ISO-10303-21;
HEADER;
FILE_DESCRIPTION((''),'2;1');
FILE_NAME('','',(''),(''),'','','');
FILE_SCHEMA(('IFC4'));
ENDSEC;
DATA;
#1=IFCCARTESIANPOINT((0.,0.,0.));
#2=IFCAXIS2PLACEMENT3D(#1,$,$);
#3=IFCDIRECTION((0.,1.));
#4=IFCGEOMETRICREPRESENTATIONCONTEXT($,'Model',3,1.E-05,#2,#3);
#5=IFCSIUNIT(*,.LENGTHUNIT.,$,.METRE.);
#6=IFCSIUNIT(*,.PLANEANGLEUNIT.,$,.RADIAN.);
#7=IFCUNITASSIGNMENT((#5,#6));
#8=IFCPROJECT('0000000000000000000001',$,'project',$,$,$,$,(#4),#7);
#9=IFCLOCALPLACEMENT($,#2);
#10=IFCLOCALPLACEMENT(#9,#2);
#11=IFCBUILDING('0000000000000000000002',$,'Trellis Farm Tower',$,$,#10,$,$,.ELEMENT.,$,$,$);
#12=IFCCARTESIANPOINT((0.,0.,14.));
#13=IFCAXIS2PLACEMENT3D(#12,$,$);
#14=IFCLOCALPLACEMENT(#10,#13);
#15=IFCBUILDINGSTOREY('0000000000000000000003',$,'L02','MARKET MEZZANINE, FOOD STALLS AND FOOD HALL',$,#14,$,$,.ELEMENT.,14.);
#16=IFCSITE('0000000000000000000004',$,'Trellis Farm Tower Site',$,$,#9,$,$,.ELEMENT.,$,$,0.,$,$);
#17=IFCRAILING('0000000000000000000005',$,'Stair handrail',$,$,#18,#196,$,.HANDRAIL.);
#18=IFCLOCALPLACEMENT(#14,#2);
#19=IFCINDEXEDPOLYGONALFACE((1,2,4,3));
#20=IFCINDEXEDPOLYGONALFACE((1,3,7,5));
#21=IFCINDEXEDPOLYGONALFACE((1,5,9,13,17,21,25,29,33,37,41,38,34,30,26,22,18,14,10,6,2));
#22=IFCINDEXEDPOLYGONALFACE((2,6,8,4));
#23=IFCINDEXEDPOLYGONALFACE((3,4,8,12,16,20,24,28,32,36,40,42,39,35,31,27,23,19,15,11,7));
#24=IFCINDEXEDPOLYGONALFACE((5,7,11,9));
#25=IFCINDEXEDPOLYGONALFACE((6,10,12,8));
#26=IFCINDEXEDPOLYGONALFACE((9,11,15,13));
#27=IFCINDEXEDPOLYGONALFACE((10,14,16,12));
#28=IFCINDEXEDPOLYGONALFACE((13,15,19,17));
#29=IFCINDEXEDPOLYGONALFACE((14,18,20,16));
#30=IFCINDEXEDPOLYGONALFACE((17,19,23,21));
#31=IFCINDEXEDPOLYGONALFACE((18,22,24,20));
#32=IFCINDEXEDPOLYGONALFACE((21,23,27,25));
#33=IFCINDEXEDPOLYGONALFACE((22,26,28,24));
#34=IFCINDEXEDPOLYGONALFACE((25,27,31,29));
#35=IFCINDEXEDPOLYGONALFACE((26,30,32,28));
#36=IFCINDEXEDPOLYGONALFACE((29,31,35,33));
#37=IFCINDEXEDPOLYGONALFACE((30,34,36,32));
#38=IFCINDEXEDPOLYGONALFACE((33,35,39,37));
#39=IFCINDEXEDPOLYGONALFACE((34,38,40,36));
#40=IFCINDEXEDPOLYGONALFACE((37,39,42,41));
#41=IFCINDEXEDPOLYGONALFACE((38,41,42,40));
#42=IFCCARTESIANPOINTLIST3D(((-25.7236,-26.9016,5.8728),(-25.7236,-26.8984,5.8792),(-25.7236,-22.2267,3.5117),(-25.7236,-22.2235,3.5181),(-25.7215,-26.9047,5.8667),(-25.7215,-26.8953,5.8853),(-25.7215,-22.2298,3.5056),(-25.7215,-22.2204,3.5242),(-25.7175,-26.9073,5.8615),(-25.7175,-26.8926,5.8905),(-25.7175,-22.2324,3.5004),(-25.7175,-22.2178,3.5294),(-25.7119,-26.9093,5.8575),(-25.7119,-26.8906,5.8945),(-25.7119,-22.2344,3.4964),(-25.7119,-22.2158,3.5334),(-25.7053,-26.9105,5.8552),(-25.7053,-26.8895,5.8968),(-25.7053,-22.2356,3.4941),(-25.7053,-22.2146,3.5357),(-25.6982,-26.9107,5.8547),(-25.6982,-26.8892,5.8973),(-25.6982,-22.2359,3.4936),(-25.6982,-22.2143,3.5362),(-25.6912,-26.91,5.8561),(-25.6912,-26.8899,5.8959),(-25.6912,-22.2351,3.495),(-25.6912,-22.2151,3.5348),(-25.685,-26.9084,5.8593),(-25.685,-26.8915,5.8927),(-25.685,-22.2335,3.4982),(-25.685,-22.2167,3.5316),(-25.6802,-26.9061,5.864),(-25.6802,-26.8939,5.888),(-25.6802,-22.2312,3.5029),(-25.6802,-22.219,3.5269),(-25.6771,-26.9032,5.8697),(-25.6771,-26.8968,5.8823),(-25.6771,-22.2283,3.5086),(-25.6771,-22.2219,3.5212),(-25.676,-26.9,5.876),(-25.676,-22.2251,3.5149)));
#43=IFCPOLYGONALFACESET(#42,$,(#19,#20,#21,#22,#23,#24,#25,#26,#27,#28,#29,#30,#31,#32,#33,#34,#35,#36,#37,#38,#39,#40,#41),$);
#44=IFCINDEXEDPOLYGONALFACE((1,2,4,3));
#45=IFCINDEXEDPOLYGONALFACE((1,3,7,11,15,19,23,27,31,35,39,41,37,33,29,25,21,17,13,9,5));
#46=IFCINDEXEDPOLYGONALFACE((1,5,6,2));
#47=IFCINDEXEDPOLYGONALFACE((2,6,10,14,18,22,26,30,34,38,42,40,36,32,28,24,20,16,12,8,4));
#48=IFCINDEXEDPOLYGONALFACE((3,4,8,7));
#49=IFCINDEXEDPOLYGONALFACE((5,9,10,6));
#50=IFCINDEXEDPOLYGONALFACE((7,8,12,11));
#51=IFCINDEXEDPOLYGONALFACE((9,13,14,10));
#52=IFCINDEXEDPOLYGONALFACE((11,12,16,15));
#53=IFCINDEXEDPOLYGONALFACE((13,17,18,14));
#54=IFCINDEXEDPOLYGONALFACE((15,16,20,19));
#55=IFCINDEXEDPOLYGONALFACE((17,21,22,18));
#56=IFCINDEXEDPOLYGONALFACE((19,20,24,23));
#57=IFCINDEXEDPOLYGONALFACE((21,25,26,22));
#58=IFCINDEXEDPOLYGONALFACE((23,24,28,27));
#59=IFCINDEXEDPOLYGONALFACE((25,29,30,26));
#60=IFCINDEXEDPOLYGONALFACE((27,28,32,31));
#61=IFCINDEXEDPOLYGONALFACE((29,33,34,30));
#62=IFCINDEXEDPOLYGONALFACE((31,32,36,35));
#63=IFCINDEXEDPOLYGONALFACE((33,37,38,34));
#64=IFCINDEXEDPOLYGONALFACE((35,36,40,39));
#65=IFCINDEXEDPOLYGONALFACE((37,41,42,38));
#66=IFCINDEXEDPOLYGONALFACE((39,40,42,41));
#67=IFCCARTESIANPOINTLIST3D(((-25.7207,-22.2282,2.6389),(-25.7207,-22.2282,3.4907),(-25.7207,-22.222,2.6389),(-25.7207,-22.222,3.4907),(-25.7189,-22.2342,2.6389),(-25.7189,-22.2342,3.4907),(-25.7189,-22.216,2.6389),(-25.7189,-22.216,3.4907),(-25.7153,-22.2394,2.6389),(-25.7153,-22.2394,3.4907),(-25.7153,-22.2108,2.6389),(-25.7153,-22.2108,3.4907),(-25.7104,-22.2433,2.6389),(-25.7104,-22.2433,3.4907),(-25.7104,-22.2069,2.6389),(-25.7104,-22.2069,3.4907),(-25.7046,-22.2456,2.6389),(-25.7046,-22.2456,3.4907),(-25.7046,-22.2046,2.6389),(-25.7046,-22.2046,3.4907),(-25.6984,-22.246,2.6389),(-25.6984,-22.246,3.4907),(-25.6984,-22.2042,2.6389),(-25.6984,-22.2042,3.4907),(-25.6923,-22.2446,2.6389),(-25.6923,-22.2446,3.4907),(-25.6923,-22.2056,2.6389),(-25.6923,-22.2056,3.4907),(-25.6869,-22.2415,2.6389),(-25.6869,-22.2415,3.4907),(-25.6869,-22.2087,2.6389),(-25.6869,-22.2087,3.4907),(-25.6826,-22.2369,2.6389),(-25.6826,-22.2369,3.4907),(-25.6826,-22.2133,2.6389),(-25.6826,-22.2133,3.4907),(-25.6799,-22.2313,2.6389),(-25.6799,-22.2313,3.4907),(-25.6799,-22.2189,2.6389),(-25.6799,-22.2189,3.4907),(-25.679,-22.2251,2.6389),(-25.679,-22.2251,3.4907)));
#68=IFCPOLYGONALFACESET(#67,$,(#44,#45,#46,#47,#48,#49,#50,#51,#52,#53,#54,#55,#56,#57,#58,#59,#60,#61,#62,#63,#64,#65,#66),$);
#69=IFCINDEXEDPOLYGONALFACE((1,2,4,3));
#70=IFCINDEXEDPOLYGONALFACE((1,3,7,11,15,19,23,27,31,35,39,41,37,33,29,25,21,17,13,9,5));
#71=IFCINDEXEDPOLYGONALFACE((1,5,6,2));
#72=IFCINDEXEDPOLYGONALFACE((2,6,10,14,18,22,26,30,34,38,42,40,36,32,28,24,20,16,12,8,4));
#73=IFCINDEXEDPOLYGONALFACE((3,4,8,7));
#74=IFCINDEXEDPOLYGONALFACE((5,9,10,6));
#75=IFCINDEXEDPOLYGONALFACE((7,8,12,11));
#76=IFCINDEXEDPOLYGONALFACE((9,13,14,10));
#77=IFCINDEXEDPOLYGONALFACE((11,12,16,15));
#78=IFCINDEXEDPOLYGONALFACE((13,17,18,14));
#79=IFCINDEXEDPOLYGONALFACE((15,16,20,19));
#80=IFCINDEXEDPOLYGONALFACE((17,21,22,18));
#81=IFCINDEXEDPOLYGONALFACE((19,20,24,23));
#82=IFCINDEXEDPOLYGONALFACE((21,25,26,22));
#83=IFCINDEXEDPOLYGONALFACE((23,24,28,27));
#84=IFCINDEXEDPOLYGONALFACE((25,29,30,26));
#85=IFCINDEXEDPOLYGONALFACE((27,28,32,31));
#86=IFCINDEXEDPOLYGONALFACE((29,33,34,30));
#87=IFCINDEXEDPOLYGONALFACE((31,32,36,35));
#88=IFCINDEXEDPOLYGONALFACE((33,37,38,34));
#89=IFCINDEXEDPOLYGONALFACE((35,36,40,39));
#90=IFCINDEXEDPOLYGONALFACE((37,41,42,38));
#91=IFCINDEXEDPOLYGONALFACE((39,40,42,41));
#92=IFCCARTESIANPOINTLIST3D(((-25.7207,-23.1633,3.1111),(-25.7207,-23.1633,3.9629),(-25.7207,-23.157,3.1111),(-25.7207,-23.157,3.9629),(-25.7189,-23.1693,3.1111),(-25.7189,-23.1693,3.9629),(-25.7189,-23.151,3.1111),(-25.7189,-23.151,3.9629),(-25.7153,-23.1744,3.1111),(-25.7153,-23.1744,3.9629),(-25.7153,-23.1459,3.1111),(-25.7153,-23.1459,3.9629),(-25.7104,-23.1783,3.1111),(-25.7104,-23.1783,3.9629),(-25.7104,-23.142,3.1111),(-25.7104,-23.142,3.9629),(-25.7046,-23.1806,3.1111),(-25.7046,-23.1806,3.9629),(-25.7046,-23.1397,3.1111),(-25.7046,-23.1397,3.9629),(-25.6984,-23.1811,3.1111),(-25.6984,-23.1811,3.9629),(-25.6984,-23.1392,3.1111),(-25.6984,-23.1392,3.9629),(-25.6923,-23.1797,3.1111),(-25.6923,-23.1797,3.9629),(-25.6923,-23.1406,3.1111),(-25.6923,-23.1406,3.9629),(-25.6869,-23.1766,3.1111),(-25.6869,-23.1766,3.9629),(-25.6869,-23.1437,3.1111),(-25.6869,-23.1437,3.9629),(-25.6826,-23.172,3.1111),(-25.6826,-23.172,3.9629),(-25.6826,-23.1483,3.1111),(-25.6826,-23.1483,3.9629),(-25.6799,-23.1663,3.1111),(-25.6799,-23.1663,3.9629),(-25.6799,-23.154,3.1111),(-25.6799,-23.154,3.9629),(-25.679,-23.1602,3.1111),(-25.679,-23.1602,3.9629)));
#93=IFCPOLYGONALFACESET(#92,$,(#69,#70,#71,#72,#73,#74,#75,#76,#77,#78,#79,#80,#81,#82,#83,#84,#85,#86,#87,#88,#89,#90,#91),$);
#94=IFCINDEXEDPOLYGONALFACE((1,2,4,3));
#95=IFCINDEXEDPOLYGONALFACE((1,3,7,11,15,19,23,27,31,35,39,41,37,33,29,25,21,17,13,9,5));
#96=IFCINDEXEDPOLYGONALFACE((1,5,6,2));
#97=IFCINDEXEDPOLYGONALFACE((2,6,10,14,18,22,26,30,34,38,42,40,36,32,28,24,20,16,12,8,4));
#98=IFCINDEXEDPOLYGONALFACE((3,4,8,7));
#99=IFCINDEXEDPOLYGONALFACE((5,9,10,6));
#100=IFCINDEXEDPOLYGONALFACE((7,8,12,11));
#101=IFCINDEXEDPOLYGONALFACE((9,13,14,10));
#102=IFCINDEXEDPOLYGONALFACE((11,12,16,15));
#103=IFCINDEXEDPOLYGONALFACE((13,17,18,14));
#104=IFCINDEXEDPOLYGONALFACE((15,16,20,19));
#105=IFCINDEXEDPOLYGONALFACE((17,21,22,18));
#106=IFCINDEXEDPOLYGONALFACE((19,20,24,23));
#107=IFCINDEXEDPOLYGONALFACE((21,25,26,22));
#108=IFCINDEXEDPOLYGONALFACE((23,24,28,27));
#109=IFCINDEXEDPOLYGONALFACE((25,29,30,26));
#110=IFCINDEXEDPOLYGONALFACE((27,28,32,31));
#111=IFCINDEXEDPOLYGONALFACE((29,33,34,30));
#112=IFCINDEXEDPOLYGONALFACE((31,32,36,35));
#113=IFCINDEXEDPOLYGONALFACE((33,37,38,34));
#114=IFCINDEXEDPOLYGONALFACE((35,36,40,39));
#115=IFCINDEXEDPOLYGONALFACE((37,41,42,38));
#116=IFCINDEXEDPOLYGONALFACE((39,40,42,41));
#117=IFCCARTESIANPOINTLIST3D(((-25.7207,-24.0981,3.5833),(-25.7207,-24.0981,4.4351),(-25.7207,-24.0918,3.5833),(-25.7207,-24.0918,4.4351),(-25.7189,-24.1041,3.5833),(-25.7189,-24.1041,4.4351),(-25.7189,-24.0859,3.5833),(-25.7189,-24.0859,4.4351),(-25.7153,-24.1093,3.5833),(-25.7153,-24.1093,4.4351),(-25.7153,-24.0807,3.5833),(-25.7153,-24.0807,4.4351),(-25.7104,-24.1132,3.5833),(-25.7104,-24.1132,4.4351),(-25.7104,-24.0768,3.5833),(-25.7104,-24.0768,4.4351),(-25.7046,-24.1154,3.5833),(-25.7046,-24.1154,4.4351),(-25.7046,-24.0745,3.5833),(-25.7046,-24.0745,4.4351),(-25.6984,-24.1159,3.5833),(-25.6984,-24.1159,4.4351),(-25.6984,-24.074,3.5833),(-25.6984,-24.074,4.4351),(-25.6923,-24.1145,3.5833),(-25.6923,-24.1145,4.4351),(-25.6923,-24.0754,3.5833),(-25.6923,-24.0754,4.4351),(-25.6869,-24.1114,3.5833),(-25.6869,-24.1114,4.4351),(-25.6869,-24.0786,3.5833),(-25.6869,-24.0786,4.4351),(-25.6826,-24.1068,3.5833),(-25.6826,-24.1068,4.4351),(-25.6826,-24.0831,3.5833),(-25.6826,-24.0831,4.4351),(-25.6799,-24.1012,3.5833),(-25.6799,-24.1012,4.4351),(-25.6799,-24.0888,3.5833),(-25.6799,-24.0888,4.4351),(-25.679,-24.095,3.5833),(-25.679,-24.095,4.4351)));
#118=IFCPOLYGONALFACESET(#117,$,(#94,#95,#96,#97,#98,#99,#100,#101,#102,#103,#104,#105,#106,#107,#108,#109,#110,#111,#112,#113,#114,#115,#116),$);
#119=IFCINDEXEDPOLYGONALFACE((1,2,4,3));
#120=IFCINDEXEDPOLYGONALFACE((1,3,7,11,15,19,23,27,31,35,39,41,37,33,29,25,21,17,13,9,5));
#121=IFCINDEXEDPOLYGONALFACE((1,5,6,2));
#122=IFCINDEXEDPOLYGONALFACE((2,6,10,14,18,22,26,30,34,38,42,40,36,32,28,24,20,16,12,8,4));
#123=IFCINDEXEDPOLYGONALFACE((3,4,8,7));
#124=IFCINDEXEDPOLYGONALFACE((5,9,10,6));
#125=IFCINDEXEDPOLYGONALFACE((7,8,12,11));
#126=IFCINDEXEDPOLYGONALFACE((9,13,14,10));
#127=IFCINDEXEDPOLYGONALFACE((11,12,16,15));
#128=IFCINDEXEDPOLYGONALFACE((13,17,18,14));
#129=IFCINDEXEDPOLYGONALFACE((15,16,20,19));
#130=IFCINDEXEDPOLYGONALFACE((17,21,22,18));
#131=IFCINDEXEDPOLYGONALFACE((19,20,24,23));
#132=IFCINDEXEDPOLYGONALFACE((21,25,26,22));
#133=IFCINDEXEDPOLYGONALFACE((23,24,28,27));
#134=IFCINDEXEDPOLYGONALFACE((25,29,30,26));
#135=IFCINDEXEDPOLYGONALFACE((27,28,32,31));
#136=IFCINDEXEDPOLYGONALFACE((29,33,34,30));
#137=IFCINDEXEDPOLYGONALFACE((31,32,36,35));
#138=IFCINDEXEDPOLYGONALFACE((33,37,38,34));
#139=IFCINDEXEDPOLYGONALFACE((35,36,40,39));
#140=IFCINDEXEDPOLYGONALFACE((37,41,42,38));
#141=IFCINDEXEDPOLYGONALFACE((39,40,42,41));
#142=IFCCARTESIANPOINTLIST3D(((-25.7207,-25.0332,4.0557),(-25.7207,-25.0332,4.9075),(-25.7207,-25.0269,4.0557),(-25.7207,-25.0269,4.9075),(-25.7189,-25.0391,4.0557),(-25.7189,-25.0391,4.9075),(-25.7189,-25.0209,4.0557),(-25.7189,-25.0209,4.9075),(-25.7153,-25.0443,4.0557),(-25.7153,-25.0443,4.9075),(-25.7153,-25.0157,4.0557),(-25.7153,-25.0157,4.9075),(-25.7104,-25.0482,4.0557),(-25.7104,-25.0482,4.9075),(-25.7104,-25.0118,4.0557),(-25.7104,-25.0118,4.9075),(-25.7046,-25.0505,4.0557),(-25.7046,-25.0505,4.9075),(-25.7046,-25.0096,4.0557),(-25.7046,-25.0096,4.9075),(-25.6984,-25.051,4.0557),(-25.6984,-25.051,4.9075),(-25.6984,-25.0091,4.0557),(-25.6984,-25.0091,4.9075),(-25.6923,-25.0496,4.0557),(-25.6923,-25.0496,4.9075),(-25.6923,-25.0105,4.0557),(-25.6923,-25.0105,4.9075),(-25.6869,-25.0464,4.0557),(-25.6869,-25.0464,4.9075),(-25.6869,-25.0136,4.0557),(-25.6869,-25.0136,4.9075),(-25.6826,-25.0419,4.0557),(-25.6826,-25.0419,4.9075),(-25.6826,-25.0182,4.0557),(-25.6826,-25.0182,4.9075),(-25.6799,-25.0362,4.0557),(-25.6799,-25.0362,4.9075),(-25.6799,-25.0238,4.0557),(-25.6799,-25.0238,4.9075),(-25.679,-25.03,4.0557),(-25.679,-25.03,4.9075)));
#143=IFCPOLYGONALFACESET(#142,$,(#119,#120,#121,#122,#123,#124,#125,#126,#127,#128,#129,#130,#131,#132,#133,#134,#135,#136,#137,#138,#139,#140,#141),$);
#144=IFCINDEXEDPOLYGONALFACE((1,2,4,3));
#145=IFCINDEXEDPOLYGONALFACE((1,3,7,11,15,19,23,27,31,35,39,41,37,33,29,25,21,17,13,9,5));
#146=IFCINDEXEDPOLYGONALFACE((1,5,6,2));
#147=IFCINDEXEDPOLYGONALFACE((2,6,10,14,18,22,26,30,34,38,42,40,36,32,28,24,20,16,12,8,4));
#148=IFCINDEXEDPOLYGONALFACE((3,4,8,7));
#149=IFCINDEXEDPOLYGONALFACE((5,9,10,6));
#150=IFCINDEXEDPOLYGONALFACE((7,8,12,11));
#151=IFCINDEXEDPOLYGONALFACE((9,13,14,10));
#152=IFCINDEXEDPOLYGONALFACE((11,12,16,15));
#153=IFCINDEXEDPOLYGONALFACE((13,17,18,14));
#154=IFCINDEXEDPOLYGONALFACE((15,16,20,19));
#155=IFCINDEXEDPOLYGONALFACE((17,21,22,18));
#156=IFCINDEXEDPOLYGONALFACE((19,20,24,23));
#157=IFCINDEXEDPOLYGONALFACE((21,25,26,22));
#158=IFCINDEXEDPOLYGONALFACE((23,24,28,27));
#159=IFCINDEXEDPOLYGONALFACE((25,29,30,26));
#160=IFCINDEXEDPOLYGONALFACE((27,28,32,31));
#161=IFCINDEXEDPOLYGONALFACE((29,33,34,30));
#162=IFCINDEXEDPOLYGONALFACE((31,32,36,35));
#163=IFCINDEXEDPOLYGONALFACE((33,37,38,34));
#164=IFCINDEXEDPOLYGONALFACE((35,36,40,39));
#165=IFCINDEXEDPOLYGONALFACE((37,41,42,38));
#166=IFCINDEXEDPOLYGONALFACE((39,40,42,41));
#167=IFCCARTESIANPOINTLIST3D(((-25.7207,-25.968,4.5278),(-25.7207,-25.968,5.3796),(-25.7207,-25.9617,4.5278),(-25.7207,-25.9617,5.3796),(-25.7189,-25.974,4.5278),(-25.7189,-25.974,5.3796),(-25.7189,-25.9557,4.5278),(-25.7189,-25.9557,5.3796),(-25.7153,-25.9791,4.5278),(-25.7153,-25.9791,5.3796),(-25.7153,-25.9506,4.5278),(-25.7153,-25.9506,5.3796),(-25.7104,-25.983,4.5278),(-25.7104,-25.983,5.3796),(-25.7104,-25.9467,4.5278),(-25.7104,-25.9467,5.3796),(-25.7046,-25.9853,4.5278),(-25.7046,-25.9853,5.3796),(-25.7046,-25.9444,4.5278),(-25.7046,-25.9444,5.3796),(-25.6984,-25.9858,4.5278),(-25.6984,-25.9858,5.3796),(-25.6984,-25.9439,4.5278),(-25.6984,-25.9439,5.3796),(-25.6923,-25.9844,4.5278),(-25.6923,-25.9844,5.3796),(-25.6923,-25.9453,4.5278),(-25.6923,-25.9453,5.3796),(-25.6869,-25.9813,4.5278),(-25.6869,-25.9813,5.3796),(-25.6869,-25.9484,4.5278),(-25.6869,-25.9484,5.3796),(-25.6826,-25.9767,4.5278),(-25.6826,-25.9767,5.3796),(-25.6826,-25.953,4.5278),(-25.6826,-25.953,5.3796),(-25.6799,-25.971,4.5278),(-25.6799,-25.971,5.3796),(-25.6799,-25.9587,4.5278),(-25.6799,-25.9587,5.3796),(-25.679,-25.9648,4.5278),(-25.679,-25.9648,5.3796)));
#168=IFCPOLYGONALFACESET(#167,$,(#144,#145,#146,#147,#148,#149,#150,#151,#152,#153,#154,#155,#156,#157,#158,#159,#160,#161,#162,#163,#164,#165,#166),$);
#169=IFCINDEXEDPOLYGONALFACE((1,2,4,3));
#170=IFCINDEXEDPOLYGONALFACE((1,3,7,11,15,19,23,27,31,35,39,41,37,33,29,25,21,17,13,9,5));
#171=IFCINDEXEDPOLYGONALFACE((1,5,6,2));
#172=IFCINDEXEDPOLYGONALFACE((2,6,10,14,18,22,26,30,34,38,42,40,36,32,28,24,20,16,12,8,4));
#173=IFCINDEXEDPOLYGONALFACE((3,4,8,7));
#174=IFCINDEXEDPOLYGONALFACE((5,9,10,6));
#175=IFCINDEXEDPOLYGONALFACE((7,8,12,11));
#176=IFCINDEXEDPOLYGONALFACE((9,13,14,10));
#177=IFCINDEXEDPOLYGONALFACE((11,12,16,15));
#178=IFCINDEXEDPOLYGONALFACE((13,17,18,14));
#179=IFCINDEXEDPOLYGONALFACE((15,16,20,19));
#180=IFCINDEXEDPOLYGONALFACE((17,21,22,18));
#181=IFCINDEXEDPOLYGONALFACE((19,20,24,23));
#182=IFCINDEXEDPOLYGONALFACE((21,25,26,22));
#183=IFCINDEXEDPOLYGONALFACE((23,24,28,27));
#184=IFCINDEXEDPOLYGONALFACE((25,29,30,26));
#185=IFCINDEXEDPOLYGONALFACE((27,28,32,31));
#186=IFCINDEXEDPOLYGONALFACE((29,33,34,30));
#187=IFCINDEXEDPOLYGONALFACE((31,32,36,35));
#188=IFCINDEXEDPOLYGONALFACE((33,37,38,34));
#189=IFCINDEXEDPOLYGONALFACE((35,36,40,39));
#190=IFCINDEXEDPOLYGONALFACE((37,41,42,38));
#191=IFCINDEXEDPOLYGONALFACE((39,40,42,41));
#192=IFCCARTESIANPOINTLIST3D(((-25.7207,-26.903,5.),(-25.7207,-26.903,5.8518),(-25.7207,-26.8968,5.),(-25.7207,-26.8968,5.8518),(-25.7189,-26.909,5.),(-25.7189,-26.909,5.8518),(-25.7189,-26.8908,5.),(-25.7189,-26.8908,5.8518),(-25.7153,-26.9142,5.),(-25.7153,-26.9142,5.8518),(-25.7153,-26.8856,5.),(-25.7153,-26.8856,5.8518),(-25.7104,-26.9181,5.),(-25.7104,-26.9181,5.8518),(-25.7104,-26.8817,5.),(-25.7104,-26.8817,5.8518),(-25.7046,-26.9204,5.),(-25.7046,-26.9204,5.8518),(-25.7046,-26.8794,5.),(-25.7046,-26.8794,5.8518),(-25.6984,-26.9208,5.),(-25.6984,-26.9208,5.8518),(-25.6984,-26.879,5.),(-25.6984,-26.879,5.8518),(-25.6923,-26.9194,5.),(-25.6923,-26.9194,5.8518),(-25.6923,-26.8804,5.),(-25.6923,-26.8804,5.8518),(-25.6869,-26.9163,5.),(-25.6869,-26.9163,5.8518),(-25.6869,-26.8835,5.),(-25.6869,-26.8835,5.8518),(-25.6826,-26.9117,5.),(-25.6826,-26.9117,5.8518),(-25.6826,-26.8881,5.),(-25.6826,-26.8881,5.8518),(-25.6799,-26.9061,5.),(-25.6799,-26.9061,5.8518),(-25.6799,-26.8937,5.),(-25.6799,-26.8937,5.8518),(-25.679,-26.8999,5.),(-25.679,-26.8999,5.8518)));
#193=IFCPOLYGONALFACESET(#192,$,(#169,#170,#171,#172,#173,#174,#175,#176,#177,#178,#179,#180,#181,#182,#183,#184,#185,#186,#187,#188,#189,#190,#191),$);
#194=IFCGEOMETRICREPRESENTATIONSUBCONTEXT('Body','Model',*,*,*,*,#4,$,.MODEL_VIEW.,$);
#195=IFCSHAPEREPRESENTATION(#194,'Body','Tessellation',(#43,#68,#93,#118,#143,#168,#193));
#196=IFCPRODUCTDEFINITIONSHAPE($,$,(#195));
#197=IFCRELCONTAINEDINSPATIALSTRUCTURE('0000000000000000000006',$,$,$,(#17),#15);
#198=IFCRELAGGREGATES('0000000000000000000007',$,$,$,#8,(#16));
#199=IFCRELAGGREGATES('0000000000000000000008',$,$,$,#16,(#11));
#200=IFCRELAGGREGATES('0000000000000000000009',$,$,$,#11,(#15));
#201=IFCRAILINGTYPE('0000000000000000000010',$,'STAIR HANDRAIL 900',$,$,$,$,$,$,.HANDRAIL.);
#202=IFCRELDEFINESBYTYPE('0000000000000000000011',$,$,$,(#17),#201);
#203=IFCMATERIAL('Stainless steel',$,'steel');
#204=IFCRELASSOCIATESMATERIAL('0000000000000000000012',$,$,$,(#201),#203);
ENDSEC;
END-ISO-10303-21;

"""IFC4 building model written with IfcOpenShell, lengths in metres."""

from ifc_helpers import new_model, si_unit, direction, frame, origin, origin_2d, place, context, subcontext, project, spatial, circle, extrude, source, transform, mapped, material, type_object, element, save


model = new_model("IFC4")

# Units and contexts
model_context = context("Model", 3, precision=1e-05, world=origin(), true_north=direction((0.0, 1.0)))
body_context = subcontext(model_context, "Body", "Model", "MODEL_VIEW")
ifc_project = project(units=[si_unit("LENGTHUNIT", "METRE"), si_unit("PLANEANGLEUNIT", "RADIAN")], contexts=[model_context])

# Site, building, storey
site_placement = place(None, origin())
site = spatial("IfcSite", under=ifc_project, at=site_placement, Name="Trellis Farm Tower Site", CompositionType="ELEMENT", RefElevation=0.0)
building_placement = place(site_placement, origin())
building = spatial("IfcBuilding", under=site, at=building_placement, Name="Trellis Farm Tower", CompositionType="ELEMENT")
storey_placement = place(building_placement, frame((0.0, 0.0, 14.0)))
storey = spatial("IfcBuildingStorey", under=building, at=storey_placement, Name="L02", Description="MARKET MEZZANINE, FOOD STALLS AND FOOD HALL", CompositionType="ELEMENT", Elevation=14.0)

# Railing
ifc_material_1 = material(Name="Stainless steel", Category="steel")
railing_type = type_object("IfcRailingType", Name="STAIR HANDRAIL 900", PredefinedType="HANDRAIL", material=ifc_material_1)
shared_shape_1 = source(origin(), body_context, "Body", "SweptSolid", [
    extrude(circle(Radius=0.0239, at=origin_2d()), frame((0.0, 0.0, 0.876), z_axis=(0.0, -0.892611, 0.450827), x_axis=(1.0, 0.0, 0.0)), (0.0, 0.0, 1.0), 5.2373),
    extrude(circle(Radius=0.021, at=origin_2d()), origin(), (0.0, 0.0, 1.0), 0.8518),
    extrude(circle(Radius=0.021, at=origin_2d()), frame((0.0, -0.9351, 0.4722)), (0.0, 0.0, 1.0), 0.8518),
    extrude(circle(Radius=0.021, at=origin_2d()), frame((0.0, -1.8699, 0.9443)), (0.0, 0.0, 1.0), 0.8518),
    extrude(circle(Radius=0.021, at=origin_2d()), frame((0.0, -2.8049, 1.4167)), (0.0, 0.0, 1.0), 0.8518),
    extrude(circle(Radius=0.021, at=origin_2d()), frame((0.0, -3.7397, 1.8889)), (0.0, 0.0, 1.0), 0.8518),
    extrude(circle(Radius=0.021, at=origin_2d()), frame((0.0, -4.6748, 2.3611)), (0.0, 0.0, 1.0), 0.8518),
])
for number, where, name in (
    (1, (-25.7, -22.2251, 2.6389), "Stair handrail"),
):
    element("IfcRailing", number, at=place(storey_placement, frame(where)), inside=storey, type_object=railing_type, Name=name, PredefinedType="HANDRAIL", context=body_context, shape_type="MappedRepresentation", body=[
        mapped(shared_shape_1, transform((0.0, 0.0, 0.0))),
    ])

save(model, "model.ifc")
